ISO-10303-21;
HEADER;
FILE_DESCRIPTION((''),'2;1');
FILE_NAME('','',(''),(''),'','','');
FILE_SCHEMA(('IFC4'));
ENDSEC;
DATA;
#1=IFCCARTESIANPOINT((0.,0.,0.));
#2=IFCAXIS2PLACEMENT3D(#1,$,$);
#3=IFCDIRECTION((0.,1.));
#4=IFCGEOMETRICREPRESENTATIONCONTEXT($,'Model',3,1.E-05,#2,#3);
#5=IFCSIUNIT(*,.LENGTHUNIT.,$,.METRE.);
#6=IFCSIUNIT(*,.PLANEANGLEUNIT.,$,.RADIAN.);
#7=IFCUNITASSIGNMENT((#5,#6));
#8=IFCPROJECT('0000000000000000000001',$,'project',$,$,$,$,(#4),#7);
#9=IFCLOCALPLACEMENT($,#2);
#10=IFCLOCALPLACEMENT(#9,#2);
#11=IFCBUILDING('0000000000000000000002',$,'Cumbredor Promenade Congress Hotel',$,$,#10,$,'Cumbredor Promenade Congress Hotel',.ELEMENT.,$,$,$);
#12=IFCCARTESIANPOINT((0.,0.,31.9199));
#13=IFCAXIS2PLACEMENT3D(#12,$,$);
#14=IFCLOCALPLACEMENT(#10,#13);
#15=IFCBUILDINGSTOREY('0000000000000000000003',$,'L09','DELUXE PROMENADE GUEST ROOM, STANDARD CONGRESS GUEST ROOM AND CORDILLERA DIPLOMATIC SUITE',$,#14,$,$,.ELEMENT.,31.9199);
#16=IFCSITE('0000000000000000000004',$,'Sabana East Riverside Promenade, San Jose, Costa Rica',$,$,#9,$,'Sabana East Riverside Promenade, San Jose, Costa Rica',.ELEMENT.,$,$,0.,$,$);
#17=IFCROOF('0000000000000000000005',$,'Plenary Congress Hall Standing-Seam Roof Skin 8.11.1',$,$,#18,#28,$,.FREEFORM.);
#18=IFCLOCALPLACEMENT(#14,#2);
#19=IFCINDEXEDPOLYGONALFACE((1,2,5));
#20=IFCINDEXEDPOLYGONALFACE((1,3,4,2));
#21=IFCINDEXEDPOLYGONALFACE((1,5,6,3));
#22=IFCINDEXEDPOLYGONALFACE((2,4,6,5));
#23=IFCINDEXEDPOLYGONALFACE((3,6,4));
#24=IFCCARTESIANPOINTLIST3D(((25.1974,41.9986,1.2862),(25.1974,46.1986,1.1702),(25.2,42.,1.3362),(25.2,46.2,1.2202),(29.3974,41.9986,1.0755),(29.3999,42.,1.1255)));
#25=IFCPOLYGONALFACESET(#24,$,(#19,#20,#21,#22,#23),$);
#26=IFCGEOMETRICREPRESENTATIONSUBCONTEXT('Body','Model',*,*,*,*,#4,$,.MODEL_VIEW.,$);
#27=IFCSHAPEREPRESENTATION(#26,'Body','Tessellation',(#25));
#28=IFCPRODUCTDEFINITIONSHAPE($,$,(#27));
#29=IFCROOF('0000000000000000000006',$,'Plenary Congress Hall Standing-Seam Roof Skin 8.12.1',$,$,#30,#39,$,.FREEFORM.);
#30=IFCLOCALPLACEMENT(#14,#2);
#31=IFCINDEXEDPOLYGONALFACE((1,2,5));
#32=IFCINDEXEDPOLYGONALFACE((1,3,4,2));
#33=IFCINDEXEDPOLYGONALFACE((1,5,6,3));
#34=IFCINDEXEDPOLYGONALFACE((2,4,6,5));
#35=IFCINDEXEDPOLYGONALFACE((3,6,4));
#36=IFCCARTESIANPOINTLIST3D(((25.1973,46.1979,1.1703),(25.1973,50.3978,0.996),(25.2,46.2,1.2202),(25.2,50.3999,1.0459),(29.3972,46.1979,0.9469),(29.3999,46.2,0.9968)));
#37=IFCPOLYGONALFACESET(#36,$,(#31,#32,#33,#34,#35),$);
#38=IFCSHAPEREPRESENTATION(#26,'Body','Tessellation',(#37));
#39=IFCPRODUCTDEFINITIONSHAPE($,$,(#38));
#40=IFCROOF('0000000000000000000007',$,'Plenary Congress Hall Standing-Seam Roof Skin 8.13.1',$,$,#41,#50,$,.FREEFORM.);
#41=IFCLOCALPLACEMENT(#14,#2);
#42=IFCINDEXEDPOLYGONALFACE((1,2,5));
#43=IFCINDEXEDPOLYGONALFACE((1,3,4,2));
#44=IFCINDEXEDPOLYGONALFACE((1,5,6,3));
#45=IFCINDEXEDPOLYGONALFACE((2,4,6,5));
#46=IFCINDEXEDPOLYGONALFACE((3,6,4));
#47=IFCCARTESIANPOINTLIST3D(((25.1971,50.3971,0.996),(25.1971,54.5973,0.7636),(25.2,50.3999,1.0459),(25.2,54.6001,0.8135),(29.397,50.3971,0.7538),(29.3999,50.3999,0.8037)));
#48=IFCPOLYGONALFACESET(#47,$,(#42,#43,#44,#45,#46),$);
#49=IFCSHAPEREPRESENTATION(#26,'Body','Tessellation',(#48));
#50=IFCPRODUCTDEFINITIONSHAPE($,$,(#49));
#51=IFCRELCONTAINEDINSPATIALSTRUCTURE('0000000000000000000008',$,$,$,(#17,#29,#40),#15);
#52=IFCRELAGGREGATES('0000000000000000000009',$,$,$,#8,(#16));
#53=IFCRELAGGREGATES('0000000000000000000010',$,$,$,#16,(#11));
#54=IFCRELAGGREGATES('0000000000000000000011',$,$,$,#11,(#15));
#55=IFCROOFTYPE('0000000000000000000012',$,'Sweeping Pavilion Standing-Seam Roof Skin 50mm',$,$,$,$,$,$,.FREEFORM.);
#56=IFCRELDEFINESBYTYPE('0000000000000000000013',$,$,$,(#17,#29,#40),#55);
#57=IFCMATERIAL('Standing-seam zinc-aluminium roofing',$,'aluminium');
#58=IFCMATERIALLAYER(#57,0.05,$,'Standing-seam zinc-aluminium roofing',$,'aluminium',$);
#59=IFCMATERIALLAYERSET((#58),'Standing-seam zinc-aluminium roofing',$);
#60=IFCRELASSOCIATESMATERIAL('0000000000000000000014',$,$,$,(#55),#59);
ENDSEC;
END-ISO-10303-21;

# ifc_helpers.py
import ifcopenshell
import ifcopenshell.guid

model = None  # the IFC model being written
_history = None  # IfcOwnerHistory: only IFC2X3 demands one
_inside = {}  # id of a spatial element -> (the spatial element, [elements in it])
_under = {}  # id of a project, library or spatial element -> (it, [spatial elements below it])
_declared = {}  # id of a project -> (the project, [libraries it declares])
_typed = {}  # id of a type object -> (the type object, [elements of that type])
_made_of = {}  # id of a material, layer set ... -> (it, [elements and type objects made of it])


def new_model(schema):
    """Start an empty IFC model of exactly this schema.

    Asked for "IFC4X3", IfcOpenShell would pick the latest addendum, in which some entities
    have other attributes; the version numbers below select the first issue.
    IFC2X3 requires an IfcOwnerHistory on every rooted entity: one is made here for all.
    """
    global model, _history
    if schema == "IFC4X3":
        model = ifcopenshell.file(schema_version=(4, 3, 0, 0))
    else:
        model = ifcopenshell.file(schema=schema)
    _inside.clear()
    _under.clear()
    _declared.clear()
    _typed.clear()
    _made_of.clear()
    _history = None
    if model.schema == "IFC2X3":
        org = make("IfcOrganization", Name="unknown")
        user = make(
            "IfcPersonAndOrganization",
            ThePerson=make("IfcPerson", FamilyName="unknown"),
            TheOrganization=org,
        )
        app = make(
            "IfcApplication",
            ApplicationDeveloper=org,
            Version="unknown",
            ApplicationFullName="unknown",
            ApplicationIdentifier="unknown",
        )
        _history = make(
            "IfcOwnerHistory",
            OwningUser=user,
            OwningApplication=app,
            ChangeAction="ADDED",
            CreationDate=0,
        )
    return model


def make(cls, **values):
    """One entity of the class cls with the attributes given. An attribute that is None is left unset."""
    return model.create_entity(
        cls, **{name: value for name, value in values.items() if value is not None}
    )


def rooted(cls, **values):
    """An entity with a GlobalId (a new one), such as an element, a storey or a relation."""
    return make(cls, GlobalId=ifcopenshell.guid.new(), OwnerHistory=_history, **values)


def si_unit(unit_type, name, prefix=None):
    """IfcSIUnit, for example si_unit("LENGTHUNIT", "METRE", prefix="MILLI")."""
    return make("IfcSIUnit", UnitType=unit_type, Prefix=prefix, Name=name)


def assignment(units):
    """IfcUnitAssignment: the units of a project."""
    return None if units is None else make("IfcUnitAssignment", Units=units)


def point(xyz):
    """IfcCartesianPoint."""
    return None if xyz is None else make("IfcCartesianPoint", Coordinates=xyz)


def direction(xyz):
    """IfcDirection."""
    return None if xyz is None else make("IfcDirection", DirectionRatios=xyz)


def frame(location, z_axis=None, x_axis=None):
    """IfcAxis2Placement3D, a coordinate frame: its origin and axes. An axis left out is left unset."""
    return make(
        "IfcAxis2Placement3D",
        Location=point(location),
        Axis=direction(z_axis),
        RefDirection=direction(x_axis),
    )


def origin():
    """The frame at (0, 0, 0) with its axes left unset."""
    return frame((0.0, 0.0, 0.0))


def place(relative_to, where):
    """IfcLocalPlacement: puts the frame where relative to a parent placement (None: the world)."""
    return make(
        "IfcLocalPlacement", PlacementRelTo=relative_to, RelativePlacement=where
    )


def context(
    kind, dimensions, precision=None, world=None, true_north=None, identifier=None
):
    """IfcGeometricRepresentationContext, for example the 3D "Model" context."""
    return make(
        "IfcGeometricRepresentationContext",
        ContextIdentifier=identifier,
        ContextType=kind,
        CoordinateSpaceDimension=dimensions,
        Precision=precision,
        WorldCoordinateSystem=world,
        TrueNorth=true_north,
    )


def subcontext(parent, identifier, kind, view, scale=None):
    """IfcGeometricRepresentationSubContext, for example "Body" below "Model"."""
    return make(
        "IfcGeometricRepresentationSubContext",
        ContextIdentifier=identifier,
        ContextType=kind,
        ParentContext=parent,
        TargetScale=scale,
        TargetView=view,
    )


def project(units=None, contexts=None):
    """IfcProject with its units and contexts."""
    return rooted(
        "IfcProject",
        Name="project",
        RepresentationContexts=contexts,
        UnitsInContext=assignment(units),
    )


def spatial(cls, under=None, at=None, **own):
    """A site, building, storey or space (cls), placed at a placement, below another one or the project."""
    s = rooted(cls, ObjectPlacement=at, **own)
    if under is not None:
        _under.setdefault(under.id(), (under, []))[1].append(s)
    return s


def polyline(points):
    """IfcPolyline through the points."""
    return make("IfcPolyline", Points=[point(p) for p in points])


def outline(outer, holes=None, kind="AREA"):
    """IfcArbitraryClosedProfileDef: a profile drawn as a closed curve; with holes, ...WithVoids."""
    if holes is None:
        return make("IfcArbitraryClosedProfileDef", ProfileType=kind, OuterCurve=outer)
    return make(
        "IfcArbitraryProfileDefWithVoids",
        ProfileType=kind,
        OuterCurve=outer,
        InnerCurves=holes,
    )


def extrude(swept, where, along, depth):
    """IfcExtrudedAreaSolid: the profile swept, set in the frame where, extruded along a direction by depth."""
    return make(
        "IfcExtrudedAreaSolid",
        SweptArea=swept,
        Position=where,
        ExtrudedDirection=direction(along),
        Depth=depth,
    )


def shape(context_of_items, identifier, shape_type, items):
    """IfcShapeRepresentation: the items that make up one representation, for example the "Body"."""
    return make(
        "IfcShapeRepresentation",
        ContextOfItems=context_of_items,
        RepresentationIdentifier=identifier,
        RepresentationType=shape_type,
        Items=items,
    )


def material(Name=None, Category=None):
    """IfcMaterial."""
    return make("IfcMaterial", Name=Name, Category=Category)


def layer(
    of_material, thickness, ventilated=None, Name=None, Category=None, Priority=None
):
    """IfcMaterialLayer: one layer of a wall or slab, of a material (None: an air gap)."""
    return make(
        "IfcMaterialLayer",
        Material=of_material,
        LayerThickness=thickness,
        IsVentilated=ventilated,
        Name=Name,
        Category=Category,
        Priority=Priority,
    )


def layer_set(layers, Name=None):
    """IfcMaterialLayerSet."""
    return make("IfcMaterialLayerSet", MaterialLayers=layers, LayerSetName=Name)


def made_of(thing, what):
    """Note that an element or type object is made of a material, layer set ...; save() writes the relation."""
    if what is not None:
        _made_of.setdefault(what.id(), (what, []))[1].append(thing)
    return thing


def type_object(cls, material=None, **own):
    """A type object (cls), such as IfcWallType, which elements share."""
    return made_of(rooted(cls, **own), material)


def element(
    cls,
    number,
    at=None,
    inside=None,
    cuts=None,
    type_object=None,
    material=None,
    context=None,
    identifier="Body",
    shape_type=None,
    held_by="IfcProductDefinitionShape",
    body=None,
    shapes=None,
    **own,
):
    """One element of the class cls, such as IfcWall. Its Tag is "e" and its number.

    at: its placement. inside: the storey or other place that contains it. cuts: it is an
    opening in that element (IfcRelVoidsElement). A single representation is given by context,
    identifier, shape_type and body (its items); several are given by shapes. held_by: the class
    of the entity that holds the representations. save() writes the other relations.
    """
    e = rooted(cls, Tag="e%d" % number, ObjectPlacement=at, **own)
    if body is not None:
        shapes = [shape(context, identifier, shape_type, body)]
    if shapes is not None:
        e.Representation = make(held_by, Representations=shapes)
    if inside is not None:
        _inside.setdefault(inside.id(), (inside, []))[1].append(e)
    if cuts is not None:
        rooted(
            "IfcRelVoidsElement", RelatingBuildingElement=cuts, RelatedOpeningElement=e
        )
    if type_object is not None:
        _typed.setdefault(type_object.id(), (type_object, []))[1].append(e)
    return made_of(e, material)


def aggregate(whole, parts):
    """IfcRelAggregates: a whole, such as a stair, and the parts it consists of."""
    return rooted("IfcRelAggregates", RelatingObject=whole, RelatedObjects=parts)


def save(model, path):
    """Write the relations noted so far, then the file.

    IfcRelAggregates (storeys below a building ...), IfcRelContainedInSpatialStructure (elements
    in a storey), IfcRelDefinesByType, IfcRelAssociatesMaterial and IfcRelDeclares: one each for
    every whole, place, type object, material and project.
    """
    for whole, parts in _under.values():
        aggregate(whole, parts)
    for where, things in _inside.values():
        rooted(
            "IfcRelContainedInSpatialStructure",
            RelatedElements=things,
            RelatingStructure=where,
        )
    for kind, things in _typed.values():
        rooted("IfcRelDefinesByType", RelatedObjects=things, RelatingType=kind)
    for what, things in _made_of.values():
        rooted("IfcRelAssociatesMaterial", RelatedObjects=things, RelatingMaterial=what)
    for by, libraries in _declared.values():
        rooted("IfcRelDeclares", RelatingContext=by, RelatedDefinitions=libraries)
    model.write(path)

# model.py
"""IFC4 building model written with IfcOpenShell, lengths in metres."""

from ifc_helpers import new_model, si_unit, direction, frame, origin, place, context, subcontext, project, spatial, polyline, outline, extrude, material, layer, layer_set, type_object, element, save


model = new_model("IFC4")

# Units and contexts
model_context = context("Model", 3, precision=1e-05, world=origin(), true_north=direction((0.0, 1.0)))
body_context = subcontext(model_context, "Body", "Model", "MODEL_VIEW")
ifc_project = project(units=[si_unit("LENGTHUNIT", "METRE"), si_unit("PLANEANGLEUNIT", "RADIAN")], contexts=[model_context])

# Site, building, storey
site_placement = place(None, origin())
site = spatial("IfcSite", under=ifc_project, at=site_placement, Name="Sabana East Riverside Promenade, San Jose, Costa Rica", LongName="Sabana East Riverside Promenade, San Jose, Costa Rica", CompositionType="ELEMENT", RefElevation=0.0)
building_placement = place(site_placement, origin())
building = spatial("IfcBuilding", under=site, at=building_placement, Name="Cumbredor Promenade Congress Hotel", LongName="Cumbredor Promenade Congress Hotel", CompositionType="ELEMENT")
storey_placement = place(building_placement, frame((0.0, 0.0, 31.9199)))
storey = spatial("IfcBuildingStorey", under=building, at=storey_placement, Name="L09", Description="DELUXE PROMENADE GUEST ROOM, STANDARD CONGRESS GUEST ROOM AND CORDILLERA DIPLOMATIC SUITE", CompositionType="ELEMENT", Elevation=31.9199)

# Roofs
ifc_material_1 = material(Name="Standing-seam zinc-aluminium roofing", Category="aluminium")
ifc_layer_1 = layer(ifc_material_1, 0.05, Name="Standing-seam zinc-aluminium roofing", Category="aluminium")
ifc_layer_set_1 = layer_set([ifc_layer_1], Name="Standing-seam zinc-aluminium roofing")
roof_type = type_object("IfcRoofType", Name="Sweeping Pavilion Standing-Seam Roof Skin 50mm", PredefinedType="FREEFORM", material=ifc_layer_set_1)
roof_1_placement = place(storey_placement, frame((25.2, 42.0, 1.3362), z_axis=(0.050084, 0.027566, 0.998365), x_axis=(0.998744, 0.0, -0.050103)))
element("IfcRoof", 1, at=roof_1_placement, inside=storey, type_object=roof_type, Name="Plenary Congress Hall Standing-Seam Roof Skin 8.11.1", PredefinedType="FREEFORM", context=body_context, shape_type="SweptSolid", body=[
    extrude(outline(polyline([(0.0, 0.0), (4.2052, 0.0), (0.0058, 4.2015), (0.0, 0.0)])), origin(), (0.0, 0.0, -1.0), 0.05),
])
roof_2_placement = place(storey_placement, frame((25.2, 46.2, 1.2202), z_axis=(0.053068, 0.04141, 0.997732), x_axis=(0.998588, 0.0, -0.053113)))
element("IfcRoof", 2, at=roof_2_placement, inside=storey, type_object=roof_type, Name="Plenary Congress Hall Standing-Seam Roof Skin 8.12.1", PredefinedType="FREEFORM", context=body_context, shape_type="SweptSolid", body=[
    extrude(outline(polyline([(0.0, 0.0), (4.2059, 0.0), (0.0093, 4.2036), (0.0, 0.0)])), origin(), (0.0, 0.0, -1.0), 0.05),
])
roof_3_placement = place(storey_placement, frame((25.2, 50.3999, 1.0459), z_axis=(0.057481, 0.05516, 0.996822), x_axis=(0.998342, 0.0, -0.057569)))
element("IfcRoof", 3, at=roof_3_placement, inside=storey, type_object=roof_type, Name="Plenary Congress Hall Standing-Seam Roof Skin 8.13.1", PredefinedType="FREEFORM", context=body_context, shape_type="SweptSolid", body=[
    extrude(outline(polyline([(0.0, 0.0), (4.2069, 0.0), (0.0134, 4.2066), (0.0, 0.0)])), origin(), (0.0, 0.0, -1.0), 0.05),
])

save(model, "model.ifc")
